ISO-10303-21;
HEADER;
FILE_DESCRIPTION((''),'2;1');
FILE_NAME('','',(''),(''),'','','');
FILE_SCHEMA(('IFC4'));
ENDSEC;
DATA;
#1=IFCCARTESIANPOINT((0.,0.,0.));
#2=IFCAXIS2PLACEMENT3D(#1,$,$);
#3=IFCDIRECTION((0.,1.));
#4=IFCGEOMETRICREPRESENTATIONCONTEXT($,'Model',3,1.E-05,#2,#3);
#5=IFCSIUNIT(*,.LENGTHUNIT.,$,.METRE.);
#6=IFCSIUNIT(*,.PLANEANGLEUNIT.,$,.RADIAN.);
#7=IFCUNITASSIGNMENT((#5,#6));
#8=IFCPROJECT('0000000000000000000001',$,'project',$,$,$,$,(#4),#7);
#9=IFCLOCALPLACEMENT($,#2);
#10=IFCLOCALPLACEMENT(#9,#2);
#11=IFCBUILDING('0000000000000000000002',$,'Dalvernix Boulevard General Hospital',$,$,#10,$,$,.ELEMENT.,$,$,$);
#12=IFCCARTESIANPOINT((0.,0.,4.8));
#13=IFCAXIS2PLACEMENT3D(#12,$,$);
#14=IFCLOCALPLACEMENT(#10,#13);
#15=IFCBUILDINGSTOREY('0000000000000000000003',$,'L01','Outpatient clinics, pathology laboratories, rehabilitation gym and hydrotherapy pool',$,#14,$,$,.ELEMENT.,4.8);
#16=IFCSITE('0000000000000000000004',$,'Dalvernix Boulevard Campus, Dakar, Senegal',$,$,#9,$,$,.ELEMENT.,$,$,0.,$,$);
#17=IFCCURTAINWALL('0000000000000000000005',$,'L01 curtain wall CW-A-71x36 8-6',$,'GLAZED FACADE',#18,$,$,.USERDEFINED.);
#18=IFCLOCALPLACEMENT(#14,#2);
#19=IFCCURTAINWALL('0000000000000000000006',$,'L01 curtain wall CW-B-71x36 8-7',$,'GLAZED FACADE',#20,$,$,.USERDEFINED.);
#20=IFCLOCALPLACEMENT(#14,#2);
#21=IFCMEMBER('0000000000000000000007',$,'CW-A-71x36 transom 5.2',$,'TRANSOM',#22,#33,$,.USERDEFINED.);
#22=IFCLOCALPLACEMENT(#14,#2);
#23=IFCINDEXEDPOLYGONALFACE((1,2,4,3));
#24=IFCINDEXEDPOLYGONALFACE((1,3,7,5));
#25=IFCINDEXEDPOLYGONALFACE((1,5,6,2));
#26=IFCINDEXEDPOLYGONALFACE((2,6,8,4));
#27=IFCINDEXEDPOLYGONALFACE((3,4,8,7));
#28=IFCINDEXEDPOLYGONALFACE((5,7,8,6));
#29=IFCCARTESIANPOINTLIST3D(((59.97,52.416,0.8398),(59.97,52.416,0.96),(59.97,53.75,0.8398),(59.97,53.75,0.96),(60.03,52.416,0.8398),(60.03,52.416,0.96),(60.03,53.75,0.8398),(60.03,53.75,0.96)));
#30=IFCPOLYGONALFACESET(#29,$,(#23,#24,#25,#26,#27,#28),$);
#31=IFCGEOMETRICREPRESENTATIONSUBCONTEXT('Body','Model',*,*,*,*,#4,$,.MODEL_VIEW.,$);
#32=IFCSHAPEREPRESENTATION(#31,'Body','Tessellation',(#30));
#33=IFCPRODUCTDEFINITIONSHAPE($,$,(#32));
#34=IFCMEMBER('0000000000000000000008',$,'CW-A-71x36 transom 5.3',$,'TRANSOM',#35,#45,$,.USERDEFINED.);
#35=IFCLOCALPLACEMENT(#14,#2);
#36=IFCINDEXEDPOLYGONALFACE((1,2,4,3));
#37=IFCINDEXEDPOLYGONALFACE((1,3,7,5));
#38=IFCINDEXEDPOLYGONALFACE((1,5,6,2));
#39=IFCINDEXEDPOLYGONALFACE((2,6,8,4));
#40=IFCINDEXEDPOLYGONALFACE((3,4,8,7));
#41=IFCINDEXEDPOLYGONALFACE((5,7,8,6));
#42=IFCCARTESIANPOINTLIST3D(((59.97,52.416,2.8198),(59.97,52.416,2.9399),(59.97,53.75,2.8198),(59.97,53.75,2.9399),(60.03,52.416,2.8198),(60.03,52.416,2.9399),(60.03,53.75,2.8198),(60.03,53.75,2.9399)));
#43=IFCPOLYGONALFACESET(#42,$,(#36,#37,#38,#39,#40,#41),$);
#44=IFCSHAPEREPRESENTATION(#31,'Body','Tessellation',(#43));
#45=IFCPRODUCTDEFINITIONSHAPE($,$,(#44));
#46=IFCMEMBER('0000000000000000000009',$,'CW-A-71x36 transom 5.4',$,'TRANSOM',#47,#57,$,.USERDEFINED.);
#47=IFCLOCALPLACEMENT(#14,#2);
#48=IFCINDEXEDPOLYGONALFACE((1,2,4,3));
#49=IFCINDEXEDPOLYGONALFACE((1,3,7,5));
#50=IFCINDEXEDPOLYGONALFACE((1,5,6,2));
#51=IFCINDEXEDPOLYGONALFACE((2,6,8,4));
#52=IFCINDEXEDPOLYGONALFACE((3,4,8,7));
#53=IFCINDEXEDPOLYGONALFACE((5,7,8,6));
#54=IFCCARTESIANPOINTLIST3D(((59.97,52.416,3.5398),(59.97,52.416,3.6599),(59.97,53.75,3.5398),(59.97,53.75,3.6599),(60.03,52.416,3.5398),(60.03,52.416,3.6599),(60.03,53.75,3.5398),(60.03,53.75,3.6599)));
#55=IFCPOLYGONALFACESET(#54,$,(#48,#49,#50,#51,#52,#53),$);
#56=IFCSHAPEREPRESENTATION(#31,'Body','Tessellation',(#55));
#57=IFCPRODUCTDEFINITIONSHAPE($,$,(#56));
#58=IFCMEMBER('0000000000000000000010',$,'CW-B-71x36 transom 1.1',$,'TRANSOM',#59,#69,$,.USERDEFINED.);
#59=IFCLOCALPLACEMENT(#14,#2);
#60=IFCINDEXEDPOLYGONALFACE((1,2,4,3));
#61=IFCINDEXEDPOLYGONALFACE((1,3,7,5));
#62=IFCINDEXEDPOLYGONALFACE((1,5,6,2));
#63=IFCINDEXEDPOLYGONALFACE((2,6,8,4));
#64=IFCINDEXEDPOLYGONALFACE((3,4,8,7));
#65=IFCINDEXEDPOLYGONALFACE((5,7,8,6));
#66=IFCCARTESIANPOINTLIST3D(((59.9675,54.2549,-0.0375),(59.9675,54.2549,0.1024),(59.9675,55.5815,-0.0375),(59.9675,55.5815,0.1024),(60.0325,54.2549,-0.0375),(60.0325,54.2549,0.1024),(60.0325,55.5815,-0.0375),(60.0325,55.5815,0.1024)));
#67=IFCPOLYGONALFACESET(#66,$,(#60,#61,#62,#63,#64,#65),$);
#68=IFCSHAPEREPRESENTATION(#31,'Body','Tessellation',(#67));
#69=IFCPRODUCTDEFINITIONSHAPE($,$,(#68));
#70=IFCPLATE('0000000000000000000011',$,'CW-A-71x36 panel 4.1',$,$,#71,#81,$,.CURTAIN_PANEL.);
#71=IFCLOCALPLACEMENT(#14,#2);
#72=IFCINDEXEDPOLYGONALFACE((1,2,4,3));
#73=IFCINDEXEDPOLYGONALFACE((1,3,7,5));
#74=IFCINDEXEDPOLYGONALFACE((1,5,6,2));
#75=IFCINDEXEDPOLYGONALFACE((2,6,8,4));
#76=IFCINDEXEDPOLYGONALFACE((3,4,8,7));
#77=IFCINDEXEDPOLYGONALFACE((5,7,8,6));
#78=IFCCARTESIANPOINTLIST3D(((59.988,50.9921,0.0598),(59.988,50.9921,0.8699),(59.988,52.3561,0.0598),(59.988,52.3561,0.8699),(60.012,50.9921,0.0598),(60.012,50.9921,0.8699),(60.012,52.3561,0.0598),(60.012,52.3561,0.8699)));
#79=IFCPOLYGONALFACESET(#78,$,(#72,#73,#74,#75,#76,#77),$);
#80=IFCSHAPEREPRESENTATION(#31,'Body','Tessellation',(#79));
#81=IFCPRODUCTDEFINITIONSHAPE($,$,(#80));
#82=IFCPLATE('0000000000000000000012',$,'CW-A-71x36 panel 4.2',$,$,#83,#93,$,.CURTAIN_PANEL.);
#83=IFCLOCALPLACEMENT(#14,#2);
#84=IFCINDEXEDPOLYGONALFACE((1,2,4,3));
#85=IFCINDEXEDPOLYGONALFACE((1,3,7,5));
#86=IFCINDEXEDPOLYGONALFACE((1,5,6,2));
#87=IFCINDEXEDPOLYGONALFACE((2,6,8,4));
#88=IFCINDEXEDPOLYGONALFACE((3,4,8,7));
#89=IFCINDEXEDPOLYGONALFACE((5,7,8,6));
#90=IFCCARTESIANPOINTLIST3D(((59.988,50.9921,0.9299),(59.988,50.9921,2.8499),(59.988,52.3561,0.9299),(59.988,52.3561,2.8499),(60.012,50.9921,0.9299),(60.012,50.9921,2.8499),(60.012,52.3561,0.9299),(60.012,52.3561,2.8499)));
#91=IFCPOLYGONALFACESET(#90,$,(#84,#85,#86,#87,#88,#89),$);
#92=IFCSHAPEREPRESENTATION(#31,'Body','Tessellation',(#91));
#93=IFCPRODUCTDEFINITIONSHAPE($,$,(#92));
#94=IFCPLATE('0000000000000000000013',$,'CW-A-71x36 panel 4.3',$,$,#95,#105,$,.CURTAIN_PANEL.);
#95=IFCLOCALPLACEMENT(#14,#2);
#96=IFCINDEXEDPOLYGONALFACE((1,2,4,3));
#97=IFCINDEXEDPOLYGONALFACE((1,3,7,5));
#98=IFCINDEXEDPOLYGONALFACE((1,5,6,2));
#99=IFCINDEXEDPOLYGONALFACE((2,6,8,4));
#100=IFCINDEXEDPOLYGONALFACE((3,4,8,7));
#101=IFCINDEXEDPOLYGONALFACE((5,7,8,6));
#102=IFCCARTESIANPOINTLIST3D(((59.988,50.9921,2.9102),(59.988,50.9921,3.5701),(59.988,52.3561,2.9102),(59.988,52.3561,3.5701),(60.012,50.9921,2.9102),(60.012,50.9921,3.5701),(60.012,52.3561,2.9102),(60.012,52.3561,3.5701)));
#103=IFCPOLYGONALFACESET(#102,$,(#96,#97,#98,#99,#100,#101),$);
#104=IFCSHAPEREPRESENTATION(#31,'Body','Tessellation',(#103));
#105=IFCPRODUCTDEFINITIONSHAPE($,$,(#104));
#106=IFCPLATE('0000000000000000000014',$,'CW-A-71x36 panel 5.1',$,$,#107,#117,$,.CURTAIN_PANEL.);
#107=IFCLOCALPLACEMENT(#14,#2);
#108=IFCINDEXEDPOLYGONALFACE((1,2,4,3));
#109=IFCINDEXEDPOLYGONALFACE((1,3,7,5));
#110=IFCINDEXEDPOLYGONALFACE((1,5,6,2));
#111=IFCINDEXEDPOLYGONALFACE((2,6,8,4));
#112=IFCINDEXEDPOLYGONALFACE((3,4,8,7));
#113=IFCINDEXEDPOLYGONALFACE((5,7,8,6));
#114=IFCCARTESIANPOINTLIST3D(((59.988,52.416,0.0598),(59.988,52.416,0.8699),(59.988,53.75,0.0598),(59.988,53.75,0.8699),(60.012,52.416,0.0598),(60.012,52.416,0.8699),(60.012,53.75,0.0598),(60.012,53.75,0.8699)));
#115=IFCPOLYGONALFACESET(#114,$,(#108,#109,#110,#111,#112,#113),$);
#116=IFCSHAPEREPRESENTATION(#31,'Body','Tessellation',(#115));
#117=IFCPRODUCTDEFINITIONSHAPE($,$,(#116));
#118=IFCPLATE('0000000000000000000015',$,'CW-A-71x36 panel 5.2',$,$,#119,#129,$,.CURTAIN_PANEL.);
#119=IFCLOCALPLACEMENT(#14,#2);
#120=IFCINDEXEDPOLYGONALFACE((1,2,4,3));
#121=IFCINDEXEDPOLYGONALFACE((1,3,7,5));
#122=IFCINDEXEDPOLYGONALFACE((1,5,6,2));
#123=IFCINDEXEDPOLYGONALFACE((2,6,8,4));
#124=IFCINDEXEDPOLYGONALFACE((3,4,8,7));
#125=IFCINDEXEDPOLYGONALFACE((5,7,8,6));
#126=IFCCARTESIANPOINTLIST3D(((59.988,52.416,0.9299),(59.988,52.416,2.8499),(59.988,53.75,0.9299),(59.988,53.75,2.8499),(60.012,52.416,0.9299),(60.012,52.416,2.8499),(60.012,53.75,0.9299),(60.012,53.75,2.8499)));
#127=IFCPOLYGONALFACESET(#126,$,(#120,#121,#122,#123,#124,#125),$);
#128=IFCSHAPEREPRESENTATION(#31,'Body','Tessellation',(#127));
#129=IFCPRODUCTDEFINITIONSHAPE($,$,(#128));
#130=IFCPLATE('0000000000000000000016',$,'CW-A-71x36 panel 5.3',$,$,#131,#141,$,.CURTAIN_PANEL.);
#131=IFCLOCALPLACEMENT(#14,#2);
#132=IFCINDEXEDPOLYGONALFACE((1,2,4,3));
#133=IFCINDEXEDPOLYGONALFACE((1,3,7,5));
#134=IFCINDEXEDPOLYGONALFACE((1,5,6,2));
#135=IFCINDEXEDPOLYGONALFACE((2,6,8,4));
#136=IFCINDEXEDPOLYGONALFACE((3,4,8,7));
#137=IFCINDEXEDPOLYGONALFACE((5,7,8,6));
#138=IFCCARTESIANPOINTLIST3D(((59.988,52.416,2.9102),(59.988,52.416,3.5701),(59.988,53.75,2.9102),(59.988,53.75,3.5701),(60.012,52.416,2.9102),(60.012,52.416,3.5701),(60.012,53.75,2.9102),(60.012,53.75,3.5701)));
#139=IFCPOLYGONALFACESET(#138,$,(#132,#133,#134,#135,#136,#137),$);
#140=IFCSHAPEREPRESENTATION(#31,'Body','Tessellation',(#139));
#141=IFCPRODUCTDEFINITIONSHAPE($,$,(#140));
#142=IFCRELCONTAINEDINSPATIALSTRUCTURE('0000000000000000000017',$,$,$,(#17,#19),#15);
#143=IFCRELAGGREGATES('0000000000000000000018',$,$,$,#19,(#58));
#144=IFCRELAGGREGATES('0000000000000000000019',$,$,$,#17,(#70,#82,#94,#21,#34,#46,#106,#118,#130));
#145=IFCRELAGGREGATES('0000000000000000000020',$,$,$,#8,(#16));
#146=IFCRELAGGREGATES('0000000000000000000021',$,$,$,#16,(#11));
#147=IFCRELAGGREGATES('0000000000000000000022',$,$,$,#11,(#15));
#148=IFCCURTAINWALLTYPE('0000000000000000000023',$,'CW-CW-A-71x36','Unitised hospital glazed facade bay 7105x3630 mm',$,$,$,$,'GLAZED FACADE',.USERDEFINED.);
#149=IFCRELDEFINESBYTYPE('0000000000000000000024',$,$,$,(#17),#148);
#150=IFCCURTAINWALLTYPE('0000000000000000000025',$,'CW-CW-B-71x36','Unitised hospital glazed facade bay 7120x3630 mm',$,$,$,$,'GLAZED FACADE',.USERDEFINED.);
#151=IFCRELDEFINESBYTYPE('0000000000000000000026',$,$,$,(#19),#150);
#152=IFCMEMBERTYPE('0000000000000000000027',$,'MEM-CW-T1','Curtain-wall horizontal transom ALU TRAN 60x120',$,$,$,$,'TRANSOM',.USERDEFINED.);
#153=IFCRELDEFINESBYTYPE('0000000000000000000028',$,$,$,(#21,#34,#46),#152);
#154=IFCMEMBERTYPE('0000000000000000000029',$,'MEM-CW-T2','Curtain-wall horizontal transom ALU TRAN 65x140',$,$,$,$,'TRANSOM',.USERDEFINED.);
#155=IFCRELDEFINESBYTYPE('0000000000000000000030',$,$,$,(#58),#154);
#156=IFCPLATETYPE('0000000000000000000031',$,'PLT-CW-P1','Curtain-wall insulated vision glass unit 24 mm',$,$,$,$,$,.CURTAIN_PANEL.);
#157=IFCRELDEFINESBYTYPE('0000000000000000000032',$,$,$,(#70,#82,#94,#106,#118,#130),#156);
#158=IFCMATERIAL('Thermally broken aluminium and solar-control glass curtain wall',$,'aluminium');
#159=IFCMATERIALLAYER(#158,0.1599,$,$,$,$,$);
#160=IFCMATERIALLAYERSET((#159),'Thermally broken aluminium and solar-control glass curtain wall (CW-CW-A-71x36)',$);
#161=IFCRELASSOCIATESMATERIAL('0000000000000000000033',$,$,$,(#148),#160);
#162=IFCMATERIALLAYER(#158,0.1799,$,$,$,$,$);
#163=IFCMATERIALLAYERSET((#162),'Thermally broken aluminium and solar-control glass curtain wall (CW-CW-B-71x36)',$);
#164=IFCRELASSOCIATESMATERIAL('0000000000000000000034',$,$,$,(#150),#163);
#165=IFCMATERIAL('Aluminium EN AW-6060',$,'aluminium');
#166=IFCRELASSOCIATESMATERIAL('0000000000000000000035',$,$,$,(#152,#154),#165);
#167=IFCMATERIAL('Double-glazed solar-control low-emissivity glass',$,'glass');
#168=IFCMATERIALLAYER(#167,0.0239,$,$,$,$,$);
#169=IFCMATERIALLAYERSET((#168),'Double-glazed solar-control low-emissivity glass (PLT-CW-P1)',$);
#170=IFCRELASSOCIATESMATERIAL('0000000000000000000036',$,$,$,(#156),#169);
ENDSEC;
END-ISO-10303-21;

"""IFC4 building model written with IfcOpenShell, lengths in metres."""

from ifc_helpers import new_model, si_unit, direction, frame, origin, origin_2d, place, context, subcontext, project, spatial, rectangle, extrude, material, layer, layer_set, material_profile, profile_set, type_object, element, aggregate, save


model = new_model("IFC4")

# Units and contexts
model_context = context("Model", 3, precision=1e-05, world=origin(), true_north=direction((0.0, 1.0)))
body_context = subcontext(model_context, "Body", "Model", "MODEL_VIEW")
ifc_project = project(units=[si_unit("LENGTHUNIT", "METRE"), si_unit("PLANEANGLEUNIT", "RADIAN")], contexts=[model_context])

# Site, building, storey
site_placement = place(None, origin())
site = spatial("IfcSite", under=ifc_project, at=site_placement, Name="Dalvernix Boulevard Campus, Dakar, Senegal", CompositionType="ELEMENT", RefElevation=0.0)
building_placement = place(site_placement, origin())
building = spatial("IfcBuilding", under=site, at=building_placement, Name="Dalvernix Boulevard General Hospital", CompositionType="ELEMENT")
storey_placement = place(building_placement, frame((0.0, 0.0, 4.8)))
storey = spatial("IfcBuildingStorey", under=building, at=storey_placement, Name="L01", Description="Outpatient clinics, pathology laboratories, rehabilitation gym and hydrotherapy pool", CompositionType="ELEMENT", Elevation=4.8)

# Curtain wall
ifc_material_1 = material(Name="Thermally broken aluminium and solar-control glass curtain wall", Category="aluminium")
ifc_layer_1 = layer(ifc_material_1, 0.1599)
ifc_layer_set_1 = layer_set([ifc_layer_1], Name="Thermally broken aluminium and solar-control glass curtain wall (CW-CW-A-71x36)")
curtain_wall_type_1 = type_object("IfcCurtainWallType", Name="CW-CW-A-71x36", Description="Unitised hospital glazed facade bay 7105x3630 mm", ElementType="GLAZED FACADE", PredefinedType="USERDEFINED", material=ifc_layer_set_1)
curtain_wall_1_placement = place(storey_placement, origin())
curtain_wall_1 = element("IfcCurtainWall", 1, at=curtain_wall_1_placement, inside=storey, type_object=curtain_wall_type_1, Name="L01 curtain wall CW-A-71x36 8-6", ObjectType="GLAZED FACADE", PredefinedType="USERDEFINED")
ifc_material_2 = material(Name="Aluminium EN AW-6060", Category="aluminium")

# Curtain wall
ifc_layer_2 = layer(ifc_material_1, 0.1799)
ifc_layer_set_2 = layer_set([ifc_layer_2], Name="Thermally broken aluminium and solar-control glass curtain wall (CW-CW-B-71x36)")
curtain_wall_type_2 = type_object("IfcCurtainWallType", Name="CW-CW-B-71x36", Description="Unitised hospital glazed facade bay 7120x3630 mm", ElementType="GLAZED FACADE", PredefinedType="USERDEFINED", material=ifc_layer_set_2)
curtain_wall_2_placement = place(storey_placement, origin())
curtain_wall_2 = element("IfcCurtainWall", 2, at=curtain_wall_2_placement, inside=storey, type_object=curtain_wall_type_2, Name="L01 curtain wall CW-B-71x36 8-7", ObjectType="GLAZED FACADE", PredefinedType="USERDEFINED")

# Members
ifc_material_profile_1 = material_profile(ifc_material_2, rectangle(XDim=0.0601, YDim=0.1201, at=origin_2d()), Name="ALU TRAN 60x120")
ifc_profile_set_1 = profile_set([ifc_material_profile_1], Name="Aluminium EN AW-6060")
member_type_1 = type_object("IfcMemberType", Name="MEM-CW-T1", Description="Curtain-wall horizontal transom ALU TRAN 60x120", ElementType="TRANSOM", PredefinedType="USERDEFINED", material=ifc_profile_set_1)
member_1_placement = place(storey_placement, frame((60.0, 52.416, 0.8999), z_axis=(0.0, 1.0, 0.0), x_axis=(-1.0, 0.0, 0.0)))
member_1 = element("IfcMember", 3, at=member_1_placement, type_object=member_type_1, Name="CW-A-71x36 transom 5.2", ObjectType="TRANSOM", PredefinedType="USERDEFINED", context=body_context, shape_type="SweptSolid", body=[
    extrude(rectangle(XDim=0.0601, YDim=0.1201, at=origin_2d()), origin(), (0.0, 0.0, 1.0), 1.334),
])
member_2_placement = place(storey_placement, frame((60.0, 52.416, 2.8799), z_axis=(0.0, 1.0, 0.0), x_axis=(-1.0, 0.0, 0.0)))
member_2 = element("IfcMember", 4, at=member_2_placement, type_object=member_type_1, Name="CW-A-71x36 transom 5.3", ObjectType="TRANSOM", PredefinedType="USERDEFINED", context=body_context, shape_type="SweptSolid", body=[
    extrude(rectangle(XDim=0.0601, YDim=0.1201, at=origin_2d()), origin(), (0.0, 0.0, 1.0), 1.334),
])
member_3_placement = place(storey_placement, frame((60.0, 52.416, 3.5999), z_axis=(0.0, 1.0, 0.0), x_axis=(-1.0, 0.0, 0.0)))
member_3 = element("IfcMember", 5, at=member_3_placement, type_object=member_type_1, Name="CW-A-71x36 transom 5.4", ObjectType="TRANSOM", PredefinedType="USERDEFINED", context=body_context, shape_type="SweptSolid", body=[
    extrude(rectangle(XDim=0.0601, YDim=0.1201, at=origin_2d()), origin(), (0.0, 0.0, 1.0), 1.334),
])
ifc_material_profile_2 = material_profile(ifc_material_2, rectangle(XDim=0.0649, YDim=0.1399, at=origin_2d()), Name="ALU TRAN 65x140")
ifc_profile_set_2 = profile_set([ifc_material_profile_2], Name="Aluminium EN AW-6060")
member_type_2 = type_object("IfcMemberType", Name="MEM-CW-T2", Description="Curtain-wall horizontal transom ALU TRAN 65x140", ElementType="TRANSOM", PredefinedType="USERDEFINED", material=ifc_profile_set_2)
member_4_placement = place(storey_placement, frame((60.0, 54.2549, 0.0325), z_axis=(0.0, 1.0, 0.0), x_axis=(-1.0, 0.0, 0.0)))
member_4 = element("IfcMember", 6, at=member_4_placement, type_object=member_type_2, Name="CW-B-71x36 transom 1.1", ObjectType="TRANSOM", PredefinedType="USERDEFINED", context=body_context, shape_type="SweptSolid", body=[
    extrude(rectangle(XDim=0.0649, YDim=0.1399, at=origin_2d()), origin(), (0.0, 0.0, 1.0), 1.3267),
])
aggregate(curtain_wall_2, [member_4])

# Plates
ifc_material_3 = material(Name="Double-glazed solar-control low-emissivity glass", Category="glass")
ifc_layer_3 = layer(ifc_material_3, 0.0239)
ifc_layer_set_3 = layer_set([ifc_layer_3], Name="Double-glazed solar-control low-emissivity glass (PLT-CW-P1)")
plate_type = type_object("IfcPlateType", Name="PLT-CW-P1", Description="Curtain-wall insulated vision glass unit 24 mm", PredefinedType="CURTAIN_PANEL", material=ifc_layer_set_3)
plate_1_placement = place(storey_placement, frame((60.0, 51.6741, 0.0598), z_axis=(0.0, 0.0, 1.0), x_axis=(0.0, 1.0, 0.0)))
plate_1 = element("IfcPlate", 7, at=plate_1_placement, type_object=plate_type, Name="CW-A-71x36 panel 4.1", PredefinedType="CURTAIN_PANEL", context=body_context, shape_type="SweptSolid", body=[
    extrude(rectangle(XDim=1.364, YDim=0.0239, at=origin_2d()), origin(), (0.0, 0.0, 1.0), 0.8101),
])
plate_2_placement = place(storey_placement, frame((60.0, 51.6741, 0.9299), z_axis=(0.0, 0.0, 1.0), x_axis=(0.0, 1.0, 0.0)))
plate_2 = element("IfcPlate", 8, at=plate_2_placement, type_object=plate_type, Name="CW-A-71x36 panel 4.2", PredefinedType="CURTAIN_PANEL", context=body_context, shape_type="SweptSolid", body=[
    extrude(rectangle(XDim=1.364, YDim=0.0239, at=origin_2d()), origin(), (0.0, 0.0, 1.0), 1.9199),
])
plate_3_placement = place(storey_placement, frame((60.0, 51.6741, 2.9102), z_axis=(0.0, 0.0, 1.0), x_axis=(0.0, 1.0, 0.0)))
plate_3 = element("IfcPlate", 9, at=plate_3_placement, type_object=plate_type, Name="CW-A-71x36 panel 4.3", PredefinedType="CURTAIN_PANEL", context=body_context, shape_type="SweptSolid", body=[
    extrude(rectangle(XDim=1.364, YDim=0.0239, at=origin_2d()), origin(), (0.0, 0.0, 1.0), 0.6599),
])
plate_4_placement = place(storey_placement, frame((60.0, 53.083, 0.0598), z_axis=(0.0, 0.0, 1.0), x_axis=(0.0, 1.0, 0.0)))
plate_4 = element("IfcPlate", 10, at=plate_4_placement, type_object=plate_type, Name="CW-A-71x36 panel 5.1", PredefinedType="CURTAIN_PANEL", context=body_context, shape_type="SweptSolid", body=[
    extrude(rectangle(XDim=1.334, YDim=0.0239, at=origin_2d()), origin(), (0.0, 0.0, 1.0), 0.8101),
])
plate_5_placement = place(storey_placement, frame((60.0, 53.083, 0.9299), z_axis=(0.0, 0.0, 1.0), x_axis=(0.0, 1.0, 0.0)))
plate_5 = element("IfcPlate", 11, at=plate_5_placement, type_object=plate_type, Name="CW-A-71x36 panel 5.2", PredefinedType="CURTAIN_PANEL", context=body_context, shape_type="SweptSolid", body=[
    extrude(rectangle(XDim=1.334, YDim=0.0239, at=origin_2d()), origin(), (0.0, 0.0, 1.0), 1.9199),
])
plate_6_placement = place(storey_placement, frame((60.0, 53.083, 2.9102), z_axis=(0.0, 0.0, 1.0), x_axis=(0.0, 1.0, 0.0)))
plate_6 = element("IfcPlate", 12, at=plate_6_placement, type_object=plate_type, Name="CW-A-71x36 panel 5.3", PredefinedType="CURTAIN_PANEL", context=body_context, shape_type="SweptSolid", body=[
    extrude(rectangle(XDim=1.334, YDim=0.0239, at=origin_2d()), origin(), (0.0, 0.0, 1.0), 0.6599),
])
aggregate(curtain_wall_1, [plate_1, plate_2, plate_3, member_1, member_2, member_3, plate_4, plate_5, plate_6])

save(model, "model.ifc")
